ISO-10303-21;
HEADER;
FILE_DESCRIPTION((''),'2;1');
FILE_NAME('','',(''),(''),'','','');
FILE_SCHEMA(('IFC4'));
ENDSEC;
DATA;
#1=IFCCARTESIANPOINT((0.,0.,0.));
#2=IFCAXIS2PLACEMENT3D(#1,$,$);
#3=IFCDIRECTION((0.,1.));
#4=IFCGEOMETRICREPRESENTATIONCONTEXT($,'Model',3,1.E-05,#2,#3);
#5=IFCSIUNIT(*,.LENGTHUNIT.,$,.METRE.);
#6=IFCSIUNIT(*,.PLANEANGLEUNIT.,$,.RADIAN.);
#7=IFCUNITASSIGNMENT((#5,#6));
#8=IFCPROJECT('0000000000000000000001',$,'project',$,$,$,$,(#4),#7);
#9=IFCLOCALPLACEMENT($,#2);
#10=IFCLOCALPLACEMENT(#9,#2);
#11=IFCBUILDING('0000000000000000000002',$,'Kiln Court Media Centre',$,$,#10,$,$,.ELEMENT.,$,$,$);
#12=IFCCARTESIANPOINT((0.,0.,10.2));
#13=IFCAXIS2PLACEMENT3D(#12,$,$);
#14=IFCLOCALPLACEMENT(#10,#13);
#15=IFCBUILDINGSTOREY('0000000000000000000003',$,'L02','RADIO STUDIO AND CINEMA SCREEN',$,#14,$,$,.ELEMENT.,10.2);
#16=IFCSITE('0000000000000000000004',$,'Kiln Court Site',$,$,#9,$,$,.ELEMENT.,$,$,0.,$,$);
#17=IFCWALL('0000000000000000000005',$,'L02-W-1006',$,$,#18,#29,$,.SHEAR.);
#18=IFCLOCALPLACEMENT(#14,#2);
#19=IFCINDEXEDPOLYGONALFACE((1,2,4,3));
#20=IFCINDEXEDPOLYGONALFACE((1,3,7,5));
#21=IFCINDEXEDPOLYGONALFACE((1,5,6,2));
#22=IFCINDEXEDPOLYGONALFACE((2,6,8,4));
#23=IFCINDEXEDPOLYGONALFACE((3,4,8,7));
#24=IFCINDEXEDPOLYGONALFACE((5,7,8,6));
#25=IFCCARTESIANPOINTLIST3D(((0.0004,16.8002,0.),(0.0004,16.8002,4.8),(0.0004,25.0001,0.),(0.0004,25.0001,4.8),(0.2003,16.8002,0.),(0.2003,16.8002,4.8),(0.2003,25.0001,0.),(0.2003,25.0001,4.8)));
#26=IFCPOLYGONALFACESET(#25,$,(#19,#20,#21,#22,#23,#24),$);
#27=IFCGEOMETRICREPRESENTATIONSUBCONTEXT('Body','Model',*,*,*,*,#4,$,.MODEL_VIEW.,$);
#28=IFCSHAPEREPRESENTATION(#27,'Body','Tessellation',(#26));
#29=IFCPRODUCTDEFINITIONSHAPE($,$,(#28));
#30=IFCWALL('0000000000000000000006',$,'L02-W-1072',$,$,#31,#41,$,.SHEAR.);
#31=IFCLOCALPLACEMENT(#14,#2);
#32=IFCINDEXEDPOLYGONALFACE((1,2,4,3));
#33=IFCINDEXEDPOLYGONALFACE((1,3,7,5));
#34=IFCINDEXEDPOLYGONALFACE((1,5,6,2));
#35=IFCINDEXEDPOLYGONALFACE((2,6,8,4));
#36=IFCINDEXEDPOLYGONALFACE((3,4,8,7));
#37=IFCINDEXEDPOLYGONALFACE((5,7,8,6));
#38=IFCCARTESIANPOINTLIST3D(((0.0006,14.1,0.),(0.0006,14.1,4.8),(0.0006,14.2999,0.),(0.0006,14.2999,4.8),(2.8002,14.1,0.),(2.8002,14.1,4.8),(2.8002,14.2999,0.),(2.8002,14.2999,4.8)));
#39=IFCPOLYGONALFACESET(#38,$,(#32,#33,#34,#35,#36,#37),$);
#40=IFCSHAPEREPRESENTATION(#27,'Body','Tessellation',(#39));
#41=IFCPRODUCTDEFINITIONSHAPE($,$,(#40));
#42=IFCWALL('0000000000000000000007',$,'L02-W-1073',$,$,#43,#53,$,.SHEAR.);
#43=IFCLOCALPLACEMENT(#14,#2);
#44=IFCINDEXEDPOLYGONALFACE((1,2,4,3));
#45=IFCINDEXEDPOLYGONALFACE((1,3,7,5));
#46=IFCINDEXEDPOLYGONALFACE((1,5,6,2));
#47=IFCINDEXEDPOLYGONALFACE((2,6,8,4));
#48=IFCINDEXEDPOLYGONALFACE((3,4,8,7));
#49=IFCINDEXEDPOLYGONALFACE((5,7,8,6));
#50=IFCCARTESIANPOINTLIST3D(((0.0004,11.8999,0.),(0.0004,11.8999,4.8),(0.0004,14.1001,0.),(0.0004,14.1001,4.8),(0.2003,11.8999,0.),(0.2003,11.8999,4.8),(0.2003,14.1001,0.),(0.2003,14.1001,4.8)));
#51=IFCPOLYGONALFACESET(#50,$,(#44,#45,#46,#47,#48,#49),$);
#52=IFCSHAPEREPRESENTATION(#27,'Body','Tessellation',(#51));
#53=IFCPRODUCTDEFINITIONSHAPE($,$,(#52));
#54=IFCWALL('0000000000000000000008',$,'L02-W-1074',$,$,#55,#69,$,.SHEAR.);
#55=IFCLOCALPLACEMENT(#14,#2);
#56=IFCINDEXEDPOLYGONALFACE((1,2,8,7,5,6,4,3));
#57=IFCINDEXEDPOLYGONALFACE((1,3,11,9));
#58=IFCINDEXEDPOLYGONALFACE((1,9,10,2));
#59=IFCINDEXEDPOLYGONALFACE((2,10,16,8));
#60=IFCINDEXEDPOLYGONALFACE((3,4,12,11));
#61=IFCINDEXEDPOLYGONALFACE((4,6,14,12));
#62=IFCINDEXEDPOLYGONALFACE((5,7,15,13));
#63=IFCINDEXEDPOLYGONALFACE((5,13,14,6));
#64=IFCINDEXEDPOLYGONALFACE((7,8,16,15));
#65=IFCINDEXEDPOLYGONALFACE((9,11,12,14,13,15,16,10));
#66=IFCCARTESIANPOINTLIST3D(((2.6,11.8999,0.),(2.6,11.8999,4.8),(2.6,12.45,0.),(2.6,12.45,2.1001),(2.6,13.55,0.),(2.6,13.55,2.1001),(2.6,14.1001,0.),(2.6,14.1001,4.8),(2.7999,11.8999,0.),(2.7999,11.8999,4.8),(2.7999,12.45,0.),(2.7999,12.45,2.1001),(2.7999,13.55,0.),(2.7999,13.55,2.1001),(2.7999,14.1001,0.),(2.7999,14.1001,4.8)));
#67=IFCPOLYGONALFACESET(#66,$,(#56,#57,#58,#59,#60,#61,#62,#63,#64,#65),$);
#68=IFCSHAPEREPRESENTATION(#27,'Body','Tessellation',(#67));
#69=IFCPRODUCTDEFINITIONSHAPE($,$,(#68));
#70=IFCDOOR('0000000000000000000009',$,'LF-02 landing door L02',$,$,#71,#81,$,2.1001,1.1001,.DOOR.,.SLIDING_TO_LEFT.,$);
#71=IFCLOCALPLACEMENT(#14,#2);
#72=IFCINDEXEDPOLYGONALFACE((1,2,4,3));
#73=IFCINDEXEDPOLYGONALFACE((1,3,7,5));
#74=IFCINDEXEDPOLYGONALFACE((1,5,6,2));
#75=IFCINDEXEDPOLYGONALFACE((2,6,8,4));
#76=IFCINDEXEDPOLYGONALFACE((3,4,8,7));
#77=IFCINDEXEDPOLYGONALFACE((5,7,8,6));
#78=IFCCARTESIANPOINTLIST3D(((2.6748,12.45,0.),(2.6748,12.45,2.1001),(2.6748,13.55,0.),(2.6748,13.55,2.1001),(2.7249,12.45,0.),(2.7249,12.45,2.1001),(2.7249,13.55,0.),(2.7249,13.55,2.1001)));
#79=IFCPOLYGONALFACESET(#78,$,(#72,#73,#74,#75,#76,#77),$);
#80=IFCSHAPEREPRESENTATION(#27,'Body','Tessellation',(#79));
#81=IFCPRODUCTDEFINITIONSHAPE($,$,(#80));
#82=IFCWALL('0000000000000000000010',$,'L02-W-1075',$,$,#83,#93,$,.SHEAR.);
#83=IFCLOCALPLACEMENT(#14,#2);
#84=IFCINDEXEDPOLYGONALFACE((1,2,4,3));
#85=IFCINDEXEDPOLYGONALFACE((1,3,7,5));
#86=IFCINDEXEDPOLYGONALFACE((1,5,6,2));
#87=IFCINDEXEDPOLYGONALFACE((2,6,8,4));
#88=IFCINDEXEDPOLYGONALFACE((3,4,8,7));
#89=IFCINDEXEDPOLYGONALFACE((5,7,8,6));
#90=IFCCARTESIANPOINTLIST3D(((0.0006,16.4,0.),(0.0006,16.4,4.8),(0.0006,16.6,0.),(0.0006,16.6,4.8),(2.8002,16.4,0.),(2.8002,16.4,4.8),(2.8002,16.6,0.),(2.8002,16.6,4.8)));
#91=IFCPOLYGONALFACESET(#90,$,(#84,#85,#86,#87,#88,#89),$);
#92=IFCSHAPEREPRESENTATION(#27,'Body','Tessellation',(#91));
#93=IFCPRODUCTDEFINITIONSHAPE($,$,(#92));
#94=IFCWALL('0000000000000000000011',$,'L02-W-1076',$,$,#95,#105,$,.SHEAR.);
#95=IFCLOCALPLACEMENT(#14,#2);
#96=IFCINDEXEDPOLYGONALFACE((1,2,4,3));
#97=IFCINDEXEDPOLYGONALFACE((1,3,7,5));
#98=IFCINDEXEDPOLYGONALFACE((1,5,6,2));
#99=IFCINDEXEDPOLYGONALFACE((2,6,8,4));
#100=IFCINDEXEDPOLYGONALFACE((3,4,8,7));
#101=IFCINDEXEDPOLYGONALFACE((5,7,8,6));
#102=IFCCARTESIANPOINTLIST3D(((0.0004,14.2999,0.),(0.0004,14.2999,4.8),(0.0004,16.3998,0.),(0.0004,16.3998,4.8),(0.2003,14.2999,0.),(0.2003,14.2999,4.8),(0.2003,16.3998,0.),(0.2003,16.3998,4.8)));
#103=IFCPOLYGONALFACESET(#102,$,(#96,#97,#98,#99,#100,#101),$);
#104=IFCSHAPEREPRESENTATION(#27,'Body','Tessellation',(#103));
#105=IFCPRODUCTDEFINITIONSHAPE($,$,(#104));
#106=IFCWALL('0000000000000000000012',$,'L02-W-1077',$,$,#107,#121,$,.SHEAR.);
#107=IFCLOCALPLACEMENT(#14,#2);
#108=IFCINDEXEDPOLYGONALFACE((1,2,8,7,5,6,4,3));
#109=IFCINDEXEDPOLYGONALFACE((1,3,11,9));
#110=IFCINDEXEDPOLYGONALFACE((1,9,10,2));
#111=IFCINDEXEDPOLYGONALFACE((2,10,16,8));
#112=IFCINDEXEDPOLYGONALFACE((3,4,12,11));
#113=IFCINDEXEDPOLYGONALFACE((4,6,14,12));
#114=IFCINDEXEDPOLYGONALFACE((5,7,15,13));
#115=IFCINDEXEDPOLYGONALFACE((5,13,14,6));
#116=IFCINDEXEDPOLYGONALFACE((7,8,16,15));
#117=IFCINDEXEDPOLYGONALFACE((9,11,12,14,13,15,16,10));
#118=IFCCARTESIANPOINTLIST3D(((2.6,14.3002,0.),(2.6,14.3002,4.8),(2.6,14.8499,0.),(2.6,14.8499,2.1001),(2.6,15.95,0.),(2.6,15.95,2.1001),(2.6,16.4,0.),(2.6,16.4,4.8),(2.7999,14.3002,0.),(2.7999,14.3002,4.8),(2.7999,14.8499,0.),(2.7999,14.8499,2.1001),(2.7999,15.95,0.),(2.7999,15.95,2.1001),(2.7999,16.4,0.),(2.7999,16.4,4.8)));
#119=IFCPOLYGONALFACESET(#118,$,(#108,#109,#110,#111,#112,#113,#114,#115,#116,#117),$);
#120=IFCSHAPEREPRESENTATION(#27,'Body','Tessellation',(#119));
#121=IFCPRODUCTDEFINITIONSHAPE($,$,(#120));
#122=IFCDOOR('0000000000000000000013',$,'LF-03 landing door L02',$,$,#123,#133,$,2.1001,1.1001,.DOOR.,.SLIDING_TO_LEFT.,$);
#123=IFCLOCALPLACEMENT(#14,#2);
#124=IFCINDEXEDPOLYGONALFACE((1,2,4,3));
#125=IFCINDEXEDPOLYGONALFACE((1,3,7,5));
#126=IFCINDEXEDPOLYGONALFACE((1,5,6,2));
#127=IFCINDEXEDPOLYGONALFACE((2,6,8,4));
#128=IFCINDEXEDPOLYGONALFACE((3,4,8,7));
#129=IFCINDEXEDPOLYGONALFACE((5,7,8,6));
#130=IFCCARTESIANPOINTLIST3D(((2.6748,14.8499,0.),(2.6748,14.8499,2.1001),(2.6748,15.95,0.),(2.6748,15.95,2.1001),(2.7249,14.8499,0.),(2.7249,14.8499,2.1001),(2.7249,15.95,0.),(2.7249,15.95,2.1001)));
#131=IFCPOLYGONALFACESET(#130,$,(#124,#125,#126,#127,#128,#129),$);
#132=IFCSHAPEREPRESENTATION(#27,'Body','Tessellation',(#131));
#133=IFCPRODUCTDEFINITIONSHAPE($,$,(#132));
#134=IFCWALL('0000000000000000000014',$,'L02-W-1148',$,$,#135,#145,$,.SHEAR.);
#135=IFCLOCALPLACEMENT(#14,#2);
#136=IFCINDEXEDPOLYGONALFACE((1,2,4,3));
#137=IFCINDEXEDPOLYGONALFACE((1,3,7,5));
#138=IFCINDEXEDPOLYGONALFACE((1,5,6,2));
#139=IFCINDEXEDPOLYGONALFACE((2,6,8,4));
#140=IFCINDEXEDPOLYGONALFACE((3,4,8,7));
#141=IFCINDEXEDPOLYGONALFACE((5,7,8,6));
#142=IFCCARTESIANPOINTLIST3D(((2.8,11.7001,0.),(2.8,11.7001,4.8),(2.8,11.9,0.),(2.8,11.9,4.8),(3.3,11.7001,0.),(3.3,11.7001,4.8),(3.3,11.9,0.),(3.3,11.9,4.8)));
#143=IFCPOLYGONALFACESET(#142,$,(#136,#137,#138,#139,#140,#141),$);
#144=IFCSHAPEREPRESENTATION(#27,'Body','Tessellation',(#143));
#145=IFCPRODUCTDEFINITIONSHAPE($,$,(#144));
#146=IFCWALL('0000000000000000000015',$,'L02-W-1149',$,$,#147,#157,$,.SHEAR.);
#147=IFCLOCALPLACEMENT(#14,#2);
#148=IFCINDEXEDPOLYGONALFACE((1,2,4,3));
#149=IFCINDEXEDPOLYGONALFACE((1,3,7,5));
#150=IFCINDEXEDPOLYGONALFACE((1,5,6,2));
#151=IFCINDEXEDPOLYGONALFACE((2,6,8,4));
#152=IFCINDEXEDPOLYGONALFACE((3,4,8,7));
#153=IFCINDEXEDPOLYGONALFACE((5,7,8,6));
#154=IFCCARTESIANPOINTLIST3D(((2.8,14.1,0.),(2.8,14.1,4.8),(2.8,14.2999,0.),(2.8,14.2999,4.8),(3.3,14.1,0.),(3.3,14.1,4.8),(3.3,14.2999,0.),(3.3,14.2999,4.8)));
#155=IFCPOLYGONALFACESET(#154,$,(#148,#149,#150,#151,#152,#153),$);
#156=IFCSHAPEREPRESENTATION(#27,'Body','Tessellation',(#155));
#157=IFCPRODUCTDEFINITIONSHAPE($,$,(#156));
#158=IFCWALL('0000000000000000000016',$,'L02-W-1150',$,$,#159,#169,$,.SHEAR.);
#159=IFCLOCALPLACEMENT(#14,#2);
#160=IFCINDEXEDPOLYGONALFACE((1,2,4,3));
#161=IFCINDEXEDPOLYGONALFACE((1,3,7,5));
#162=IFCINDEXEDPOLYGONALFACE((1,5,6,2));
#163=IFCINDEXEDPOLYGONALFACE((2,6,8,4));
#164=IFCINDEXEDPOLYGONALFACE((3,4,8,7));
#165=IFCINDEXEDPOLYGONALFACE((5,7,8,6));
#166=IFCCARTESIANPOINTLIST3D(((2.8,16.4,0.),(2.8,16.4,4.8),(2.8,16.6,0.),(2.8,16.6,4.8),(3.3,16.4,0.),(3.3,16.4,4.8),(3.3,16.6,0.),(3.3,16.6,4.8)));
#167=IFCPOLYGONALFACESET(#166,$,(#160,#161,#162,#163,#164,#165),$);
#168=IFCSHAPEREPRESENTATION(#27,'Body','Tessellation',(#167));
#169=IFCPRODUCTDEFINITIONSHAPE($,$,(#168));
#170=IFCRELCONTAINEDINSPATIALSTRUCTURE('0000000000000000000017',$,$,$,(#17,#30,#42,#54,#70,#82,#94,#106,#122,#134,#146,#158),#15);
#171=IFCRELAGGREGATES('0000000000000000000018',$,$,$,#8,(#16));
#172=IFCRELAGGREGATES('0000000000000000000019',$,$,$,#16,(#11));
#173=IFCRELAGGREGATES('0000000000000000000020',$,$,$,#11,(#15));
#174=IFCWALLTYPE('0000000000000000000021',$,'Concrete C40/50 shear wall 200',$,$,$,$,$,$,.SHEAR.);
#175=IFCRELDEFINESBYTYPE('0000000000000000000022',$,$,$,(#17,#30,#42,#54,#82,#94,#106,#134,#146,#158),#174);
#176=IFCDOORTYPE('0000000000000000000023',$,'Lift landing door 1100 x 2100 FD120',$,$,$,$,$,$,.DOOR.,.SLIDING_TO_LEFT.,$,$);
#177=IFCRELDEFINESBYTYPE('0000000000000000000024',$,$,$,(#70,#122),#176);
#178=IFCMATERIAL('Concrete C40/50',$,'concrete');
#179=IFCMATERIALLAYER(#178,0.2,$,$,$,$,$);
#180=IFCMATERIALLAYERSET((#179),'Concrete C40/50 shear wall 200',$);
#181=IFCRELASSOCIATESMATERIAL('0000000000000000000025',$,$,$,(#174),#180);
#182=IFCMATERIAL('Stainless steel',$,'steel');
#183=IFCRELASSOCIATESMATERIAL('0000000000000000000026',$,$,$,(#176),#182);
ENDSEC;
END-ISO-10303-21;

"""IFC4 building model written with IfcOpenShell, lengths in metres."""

from ifc_helpers import new_model, si_unit, direction, frame, frame_2d, origin, place, context, subcontext, project, spatial, rectangle, extrude, material, layer, layer_set, type_object, element, fill, save


model = new_model("IFC4")

# Units and contexts
model_context = context("Model", 3, precision=1e-05, world=origin(), true_north=direction((0.0, 1.0)))
body_context = subcontext(model_context, "Body", "Model", "MODEL_VIEW")
ifc_project = project(units=[si_unit("LENGTHUNIT", "METRE"), si_unit("PLANEANGLEUNIT", "RADIAN")], contexts=[model_context])

# Site, building, storey
site_placement = place(None, origin())
site = spatial("IfcSite", under=ifc_project, at=site_placement, Name="Kiln Court Site", CompositionType="ELEMENT", RefElevation=0.0)
building_placement = place(site_placement, origin())
building = spatial("IfcBuilding", under=site, at=building_placement, Name="Kiln Court Media Centre", CompositionType="ELEMENT")
storey_placement = place(building_placement, frame((0.0, 0.0, 10.2)))
storey = spatial("IfcBuildingStorey", under=building, at=storey_placement, Name="L02", Description="RADIO STUDIO AND CINEMA SCREEN", CompositionType="ELEMENT", Elevation=10.2)

# Walls
ifc_material_1 = material(Name="Concrete C40/50", Category="concrete")
ifc_layer = layer(ifc_material_1, 0.2)
ifc_layer_set = layer_set([ifc_layer], Name="Concrete C40/50 shear wall 200")
wall_type = type_object("IfcWallType", Name="Concrete C40/50 shear wall 200", PredefinedType="SHEAR", material=ifc_layer_set)
wall_1_placement = place(storey_placement, frame((0.1003, 16.8, 0.0), z_axis=(0.0, 0.0, 1.0), x_axis=(0.0, 1.0, 0.0)))
element("IfcWall", 1, at=wall_1_placement, inside=storey, type_object=wall_type, Name="L02-W-1006", PredefinedType="SHEAR", context=body_context, shape_type="SweptSolid", body=[
    extrude(rectangle(XDim=8.2, YDim=0.2, at=frame_2d((4.1001, 0.0))), origin(), (0.0, 0.0, 1.0), 4.8),
])
wall_2_placement = place(storey_placement, frame((0.0005, 14.2, 0.0), z_axis=(0.0, 0.0, 1.0), x_axis=(1.0, 0.0, 0.0)))
element("IfcWall", 2, at=wall_2_placement, inside=storey, type_object=wall_type, Name="L02-W-1072", PredefinedType="SHEAR", context=body_context, shape_type="SweptSolid", body=[
    extrude(rectangle(XDim=2.7996, YDim=0.2, at=frame_2d((1.3999, 0.0))), origin(), (0.0, 0.0, 1.0), 4.8),
])
wall_3_placement = place(storey_placement, frame((0.1003, 11.8999, 0.0), z_axis=(0.0, 0.0, 1.0), x_axis=(0.0, 1.0, 0.0)))
element("IfcWall", 3, at=wall_3_placement, inside=storey, type_object=wall_type, Name="L02-W-1073", PredefinedType="SHEAR", context=body_context, shape_type="SweptSolid", body=[
    extrude(rectangle(XDim=2.2002, YDim=0.2, at=frame_2d((1.1001, 0.0))), origin(), (0.0, 0.0, 1.0), 4.8),
])

# Wall, opening, door
wall_4_placement = place(storey_placement, frame((2.7, 14.1001, 0.0), z_axis=(0.0, 0.0, 1.0), x_axis=(0.0, -1.0, 0.0)))
wall_4 = element("IfcWall", 4, at=wall_4_placement, inside=storey, type_object=wall_type, Name="L02-W-1074", PredefinedType="SHEAR", context=body_context, shape_type="SweptSolid", body=[
    extrude(rectangle(XDim=2.2002, YDim=0.2, at=frame_2d((1.1001, 0.0))), origin(), (0.0, 0.0, 1.0), 4.8),
])
opening_1_placement = place(wall_4_placement, frame((0.55, 0.0, 0.0)))
opening_1 = element("IfcOpeningElement", 5, at=opening_1_placement, cuts=wall_4, PredefinedType="OPENING", context=body_context, shape_type="SweptSolid", body=[
    extrude(rectangle(XDim=1.1001, YDim=2.1001, at=frame_2d((0.55, 1.05))), frame((0.0, 0.1099, 0.0), z_axis=(0.0, -1.0, 0.0), x_axis=(1.0, 0.0, 0.0)), (0.0, 0.0, 1.0), 0.22),
])
ifc_material_2 = material(Name="Stainless steel", Category="steel")
door_type = type_object("IfcDoorType", Name="Lift landing door 1100 x 2100 FD120", OperationType="SLIDING_TO_LEFT", PredefinedType="DOOR", material=ifc_material_2)
door_1_placement = place(opening_1_placement, origin())
door_1 = element("IfcDoor", 6, at=door_1_placement, inside=storey, type_object=door_type, Name="LF-02 landing door L02", OperationType="SLIDING_TO_LEFT", OverallHeight=2.1001, OverallWidth=1.1001, PredefinedType="DOOR", context=body_context, shape_type="SweptSolid", body=[
    extrude(rectangle(XDim=1.1001, YDim=2.1001, at=frame_2d((0.55, 1.05))), frame((0.0, 0.0249, 0.0), z_axis=(0.0, -1.0, 0.0), x_axis=(1.0, 0.0, 0.0)), (0.0, 0.0, 1.0), 0.05),
])
fill(opening_1, door_1)

# Walls
wall_5_placement = place(storey_placement, frame((0.0005, 16.5, 0.0), z_axis=(0.0, 0.0, 1.0), x_axis=(1.0, 0.0, 0.0)))
element("IfcWall", 7, at=wall_5_placement, inside=storey, type_object=wall_type, Name="L02-W-1075", PredefinedType="SHEAR", context=body_context, shape_type="SweptSolid", body=[
    extrude(rectangle(XDim=2.7996, YDim=0.2, at=frame_2d((1.3999, 0.0))), origin(), (0.0, 0.0, 1.0), 4.8),
])
wall_6_placement = place(storey_placement, frame((0.1003, 14.3, 0.0), z_axis=(0.0, 0.0, 1.0), x_axis=(0.0, 1.0, 0.0)))
element("IfcWall", 8, at=wall_6_placement, inside=storey, type_object=wall_type, Name="L02-W-1076", PredefinedType="SHEAR", context=body_context, shape_type="SweptSolid", body=[
    extrude(rectangle(XDim=2.0999, YDim=0.2, at=frame_2d((1.0498, 0.0))), origin(), (0.0, 0.0, 1.0), 4.8),
])

# Wall, opening, door
wall_7_placement = place(storey_placement, frame((2.7, 16.3999, 0.0), z_axis=(0.0, 0.0, 1.0), x_axis=(0.0, -1.0, 0.0)))
wall_7 = element("IfcWall", 9, at=wall_7_placement, inside=storey, type_object=wall_type, Name="L02-W-1077", PredefinedType="SHEAR", context=body_context, shape_type="SweptSolid", body=[
    extrude(rectangle(XDim=2.0999, YDim=0.2, at=frame_2d((1.0498, 0.0))), origin(), (0.0, 0.0, 1.0), 4.8),
])
opening_2_placement = place(wall_7_placement, frame((0.45, 0.0, 0.0)))
opening_2 = element("IfcOpeningElement", 10, at=opening_2_placement, cuts=wall_7, PredefinedType="OPENING", context=body_context, shape_type="SweptSolid", body=[
    extrude(rectangle(XDim=1.1001, YDim=2.1001, at=frame_2d((0.55, 1.05))), frame((0.0, 0.1099, 0.0), z_axis=(0.0, -1.0, 0.0), x_axis=(1.0, 0.0, 0.0)), (0.0, 0.0, 1.0), 0.22),
])
door_2_placement = place(opening_2_placement, origin())
door_2 = element("IfcDoor", 11, at=door_2_placement, inside=storey, type_object=door_type, Name="LF-03 landing door L02", OperationType="SLIDING_TO_LEFT", OverallHeight=2.1001, OverallWidth=1.1001, PredefinedType="DOOR", context=body_context, shape_type="SweptSolid", body=[
    extrude(rectangle(XDim=1.1001, YDim=2.1001, at=frame_2d((0.55, 1.05))), frame((0.0, 0.0249, 0.0), z_axis=(0.0, -1.0, 0.0), x_axis=(1.0, 0.0, 0.0)), (0.0, 0.0, 1.0), 0.05),
])
fill(opening_2, door_2)

# Walls
for number, where, z_axis, x_axis, name in (
    (12, (2.8, 11.8, 0.0), (0.0, 0.0, 1.0), (1.0, 0.0, 0.0), "L02-W-1148"),
    (13, (2.8, 14.2, 0.0), (0.0, 0.0, 1.0), (1.0, 0.0, 0.0), "L02-W-1149"),
    (14, (2.8, 16.5, 0.0), (0.0, 0.0, 1.0), (1.0, 0.0, 0.0), "L02-W-1150"),
):
    element("IfcWall", number, at=place(storey_placement, frame(where, z_axis=z_axis, x_axis=x_axis)), inside=storey, type_object=wall_type, Name=name, PredefinedType="SHEAR", context=body_context, shape_type="SweptSolid", body=[
        extrude(rectangle(XDim=0.5, YDim=0.2, at=frame_2d((0.25, 0.0))), origin(), (0.0, 0.0, 1.0), 4.8),
    ])

save(model, "model.ifc")
